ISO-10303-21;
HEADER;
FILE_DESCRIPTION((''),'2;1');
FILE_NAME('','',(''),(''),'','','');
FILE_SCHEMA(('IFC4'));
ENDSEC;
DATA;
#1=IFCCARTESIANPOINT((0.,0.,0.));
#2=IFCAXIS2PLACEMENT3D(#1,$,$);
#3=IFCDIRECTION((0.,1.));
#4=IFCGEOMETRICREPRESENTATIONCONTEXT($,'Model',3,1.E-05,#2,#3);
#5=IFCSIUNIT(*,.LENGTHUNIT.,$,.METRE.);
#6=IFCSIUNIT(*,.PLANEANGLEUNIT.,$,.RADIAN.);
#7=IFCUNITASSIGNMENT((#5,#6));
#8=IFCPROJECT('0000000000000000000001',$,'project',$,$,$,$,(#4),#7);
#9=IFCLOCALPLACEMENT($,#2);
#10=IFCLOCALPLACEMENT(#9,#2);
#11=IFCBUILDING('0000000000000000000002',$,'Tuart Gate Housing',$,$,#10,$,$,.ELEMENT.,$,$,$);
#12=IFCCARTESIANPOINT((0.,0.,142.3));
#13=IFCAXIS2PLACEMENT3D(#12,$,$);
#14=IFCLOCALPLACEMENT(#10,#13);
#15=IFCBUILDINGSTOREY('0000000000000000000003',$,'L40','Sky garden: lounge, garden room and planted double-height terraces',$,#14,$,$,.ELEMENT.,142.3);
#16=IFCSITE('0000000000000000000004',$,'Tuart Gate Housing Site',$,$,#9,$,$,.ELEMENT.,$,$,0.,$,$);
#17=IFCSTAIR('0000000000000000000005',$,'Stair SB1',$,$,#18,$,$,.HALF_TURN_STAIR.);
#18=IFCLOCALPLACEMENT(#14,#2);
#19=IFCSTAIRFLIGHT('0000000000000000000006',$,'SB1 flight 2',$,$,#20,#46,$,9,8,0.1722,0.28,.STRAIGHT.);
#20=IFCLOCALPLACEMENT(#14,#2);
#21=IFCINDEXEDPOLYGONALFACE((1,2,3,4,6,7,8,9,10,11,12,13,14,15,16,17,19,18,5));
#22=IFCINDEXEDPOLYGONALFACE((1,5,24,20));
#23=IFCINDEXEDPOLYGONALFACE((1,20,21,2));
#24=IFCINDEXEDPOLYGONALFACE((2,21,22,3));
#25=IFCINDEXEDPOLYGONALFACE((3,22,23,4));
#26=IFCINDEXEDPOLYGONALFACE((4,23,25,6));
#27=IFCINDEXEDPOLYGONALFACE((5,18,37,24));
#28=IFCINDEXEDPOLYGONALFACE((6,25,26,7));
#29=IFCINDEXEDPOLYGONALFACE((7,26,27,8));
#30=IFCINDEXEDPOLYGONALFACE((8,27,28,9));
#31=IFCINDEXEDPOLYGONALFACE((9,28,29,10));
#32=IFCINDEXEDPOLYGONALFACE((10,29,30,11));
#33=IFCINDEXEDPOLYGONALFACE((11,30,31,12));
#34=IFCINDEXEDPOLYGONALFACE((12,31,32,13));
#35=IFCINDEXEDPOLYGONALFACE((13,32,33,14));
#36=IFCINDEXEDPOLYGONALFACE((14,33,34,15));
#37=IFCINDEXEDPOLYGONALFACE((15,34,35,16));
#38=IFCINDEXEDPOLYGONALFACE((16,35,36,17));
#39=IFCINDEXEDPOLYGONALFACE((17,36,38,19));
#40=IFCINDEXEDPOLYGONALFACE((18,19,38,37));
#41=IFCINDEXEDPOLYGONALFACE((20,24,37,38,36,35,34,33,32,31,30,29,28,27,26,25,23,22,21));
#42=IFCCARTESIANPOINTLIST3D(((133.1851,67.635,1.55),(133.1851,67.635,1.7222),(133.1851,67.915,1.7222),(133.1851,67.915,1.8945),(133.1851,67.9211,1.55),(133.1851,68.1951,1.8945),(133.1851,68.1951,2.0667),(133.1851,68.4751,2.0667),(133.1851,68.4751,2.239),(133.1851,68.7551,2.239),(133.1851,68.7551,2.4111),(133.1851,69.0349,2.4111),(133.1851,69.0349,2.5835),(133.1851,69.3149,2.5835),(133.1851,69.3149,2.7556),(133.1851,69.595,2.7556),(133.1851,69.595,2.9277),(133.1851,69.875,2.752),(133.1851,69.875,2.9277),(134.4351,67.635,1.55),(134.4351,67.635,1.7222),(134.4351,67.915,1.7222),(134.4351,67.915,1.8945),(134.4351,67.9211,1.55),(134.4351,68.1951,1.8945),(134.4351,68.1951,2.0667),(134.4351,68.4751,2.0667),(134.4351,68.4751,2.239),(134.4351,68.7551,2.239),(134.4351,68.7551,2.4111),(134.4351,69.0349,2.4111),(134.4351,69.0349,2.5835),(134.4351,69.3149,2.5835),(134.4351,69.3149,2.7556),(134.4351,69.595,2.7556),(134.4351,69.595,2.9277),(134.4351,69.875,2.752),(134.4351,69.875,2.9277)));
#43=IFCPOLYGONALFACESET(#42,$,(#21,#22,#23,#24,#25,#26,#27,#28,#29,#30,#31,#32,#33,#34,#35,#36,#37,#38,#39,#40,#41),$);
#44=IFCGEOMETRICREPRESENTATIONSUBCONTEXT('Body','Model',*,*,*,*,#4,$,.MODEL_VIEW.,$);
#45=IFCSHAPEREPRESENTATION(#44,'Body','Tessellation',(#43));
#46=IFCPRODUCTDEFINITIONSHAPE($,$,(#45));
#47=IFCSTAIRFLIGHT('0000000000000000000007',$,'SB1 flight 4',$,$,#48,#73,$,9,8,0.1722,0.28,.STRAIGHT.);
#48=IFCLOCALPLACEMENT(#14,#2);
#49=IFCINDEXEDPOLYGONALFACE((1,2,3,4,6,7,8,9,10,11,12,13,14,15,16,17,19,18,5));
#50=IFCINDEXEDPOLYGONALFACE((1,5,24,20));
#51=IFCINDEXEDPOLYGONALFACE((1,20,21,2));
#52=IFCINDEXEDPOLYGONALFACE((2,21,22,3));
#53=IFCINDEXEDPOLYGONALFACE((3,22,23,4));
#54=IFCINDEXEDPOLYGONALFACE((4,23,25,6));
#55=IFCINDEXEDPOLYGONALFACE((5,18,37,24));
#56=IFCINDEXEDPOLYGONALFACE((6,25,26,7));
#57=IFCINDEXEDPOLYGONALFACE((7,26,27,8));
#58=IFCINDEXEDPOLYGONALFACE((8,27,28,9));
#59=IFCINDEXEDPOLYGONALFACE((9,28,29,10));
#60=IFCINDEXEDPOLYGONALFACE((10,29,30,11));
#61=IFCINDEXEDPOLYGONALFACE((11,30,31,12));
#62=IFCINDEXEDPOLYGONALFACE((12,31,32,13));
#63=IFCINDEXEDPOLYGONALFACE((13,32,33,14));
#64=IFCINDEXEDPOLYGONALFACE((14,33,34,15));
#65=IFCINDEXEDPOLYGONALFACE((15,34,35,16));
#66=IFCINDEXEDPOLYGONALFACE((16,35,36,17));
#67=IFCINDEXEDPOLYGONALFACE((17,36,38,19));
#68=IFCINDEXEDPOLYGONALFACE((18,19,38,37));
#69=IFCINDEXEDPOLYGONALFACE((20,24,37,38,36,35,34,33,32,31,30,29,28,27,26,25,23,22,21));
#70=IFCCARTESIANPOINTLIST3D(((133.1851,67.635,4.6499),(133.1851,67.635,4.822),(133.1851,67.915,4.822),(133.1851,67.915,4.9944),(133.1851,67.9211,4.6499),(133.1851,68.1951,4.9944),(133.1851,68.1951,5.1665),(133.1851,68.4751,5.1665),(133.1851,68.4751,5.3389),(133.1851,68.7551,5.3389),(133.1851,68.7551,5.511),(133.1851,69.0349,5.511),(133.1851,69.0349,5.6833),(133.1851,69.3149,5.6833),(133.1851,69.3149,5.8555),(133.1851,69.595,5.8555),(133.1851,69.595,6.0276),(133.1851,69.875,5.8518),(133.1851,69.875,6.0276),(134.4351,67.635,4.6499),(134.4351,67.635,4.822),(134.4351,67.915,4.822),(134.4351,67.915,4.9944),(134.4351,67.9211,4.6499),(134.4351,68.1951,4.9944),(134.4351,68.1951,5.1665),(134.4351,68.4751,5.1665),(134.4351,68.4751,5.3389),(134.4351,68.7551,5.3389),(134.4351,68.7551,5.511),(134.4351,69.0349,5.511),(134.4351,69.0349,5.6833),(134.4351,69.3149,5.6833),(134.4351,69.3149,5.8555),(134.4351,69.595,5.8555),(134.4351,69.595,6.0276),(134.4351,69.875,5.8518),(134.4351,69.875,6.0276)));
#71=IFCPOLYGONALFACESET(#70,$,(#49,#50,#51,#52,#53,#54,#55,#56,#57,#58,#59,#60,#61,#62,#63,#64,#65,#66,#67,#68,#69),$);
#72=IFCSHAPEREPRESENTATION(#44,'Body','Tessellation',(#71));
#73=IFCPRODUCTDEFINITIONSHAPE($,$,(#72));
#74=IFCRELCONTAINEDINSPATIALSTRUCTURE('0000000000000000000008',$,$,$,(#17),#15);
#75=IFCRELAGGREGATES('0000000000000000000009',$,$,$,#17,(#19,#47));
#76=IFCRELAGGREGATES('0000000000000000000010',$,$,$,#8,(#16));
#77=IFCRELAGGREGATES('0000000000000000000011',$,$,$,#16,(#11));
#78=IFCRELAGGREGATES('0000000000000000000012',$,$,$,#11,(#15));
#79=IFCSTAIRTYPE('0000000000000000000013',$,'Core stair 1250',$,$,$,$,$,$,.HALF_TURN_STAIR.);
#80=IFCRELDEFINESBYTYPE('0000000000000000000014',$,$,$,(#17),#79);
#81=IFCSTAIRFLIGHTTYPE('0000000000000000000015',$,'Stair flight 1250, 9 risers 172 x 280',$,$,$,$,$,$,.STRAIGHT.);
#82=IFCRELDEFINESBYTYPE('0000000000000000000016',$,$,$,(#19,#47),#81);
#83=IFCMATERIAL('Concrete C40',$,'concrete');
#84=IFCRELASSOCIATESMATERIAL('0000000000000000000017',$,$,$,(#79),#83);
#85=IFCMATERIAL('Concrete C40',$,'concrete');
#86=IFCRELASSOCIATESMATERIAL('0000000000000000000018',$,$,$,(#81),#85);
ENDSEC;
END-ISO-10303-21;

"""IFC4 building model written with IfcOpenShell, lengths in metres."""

from ifc_helpers import new_model, si_unit, direction, frame, origin, place, context, subcontext, project, spatial, polyline, outline, extrude, material, type_object, element, aggregate, save


model = new_model("IFC4")

# Units and contexts
model_context = context("Model", 3, precision=1e-05, world=origin(), true_north=direction((0.0, 1.0)))
body_context = subcontext(model_context, "Body", "Model", "MODEL_VIEW")
ifc_project = project(units=[si_unit("LENGTHUNIT", "METRE"), si_unit("PLANEANGLEUNIT", "RADIAN")], contexts=[model_context])

# Site, building, storey
site_placement = place(None, origin())
site = spatial("IfcSite", under=ifc_project, at=site_placement, Name="Tuart Gate Housing Site", CompositionType="ELEMENT", RefElevation=0.0)
building_placement = place(site_placement, origin())
building = spatial("IfcBuilding", under=site, at=building_placement, Name="Tuart Gate Housing", CompositionType="ELEMENT")
storey_placement = place(building_placement, frame((0.0, 0.0, 142.3)))
storey = spatial("IfcBuildingStorey", under=building, at=storey_placement, Name="L40", Description="Sky garden: lounge, garden room and planted double-height terraces", CompositionType="ELEMENT", Elevation=142.3)

# Stair, stair flights
ifc_material_1 = material(Name="Concrete C40", Category="concrete")
stair_type = type_object("IfcStairType", Name="Core stair 1250", PredefinedType="HALF_TURN_STAIR", material=ifc_material_1)
stair_placement = place(storey_placement, origin())
stair = element("IfcStair", 1, at=stair_placement, inside=storey, type_object=stair_type, Name="Stair SB1", PredefinedType="HALF_TURN_STAIR")
ifc_material_2 = material(Name="Concrete C40", Category="concrete")
stair_flight_type = type_object("IfcStairFlightType", Name="Stair flight 1250, 9 risers 172 x 280", PredefinedType="STRAIGHT", material=ifc_material_2)
stair_flight_1_placement = place(storey_placement, frame((133.8101, 67.635, 1.55), z_axis=(0.0, 0.0, 1.0), x_axis=(0.0, 1.0, 0.0)))
stair_flight_1 = element("IfcStairFlight", 2, at=stair_flight_1_placement, type_object=stair_flight_type, Name="SB1 flight 2", NumberOfRisers=9, NumberOfTreads=8, PredefinedType="STRAIGHT", RiserHeight=0.1722, TreadLength=0.28, context=body_context, shape_type="SweptSolid", body=[
    extrude(outline(polyline([(0.0, 0.0), (0.0, 0.1721), (0.28, 0.1721), (0.28, 0.3445), (0.5601, 0.3445), (0.5601, 0.5166), (0.8401, 0.5166), (0.8401, 0.689), (1.1201, 0.689), (1.1201, 0.8611), (1.3999, 0.8611), (1.3999, 1.0334), (1.6799, 1.0334), (1.6799, 1.2056), (1.96, 1.2056), (1.96, 1.3777), (2.24, 1.3777), (2.24, 1.55), (2.24, 1.2019), (0.2861, 0.0), (0.0, 0.0)])), frame((0.0, 0.625, 0.0), z_axis=(0.0, -1.0, 0.0), x_axis=(1.0, 0.0, 0.0)), (0.0, 0.0, 1.0), 1.25),
])
stair_flight_2_placement = place(storey_placement, frame((133.8101, 67.635, 4.6499), z_axis=(0.0, 0.0, 1.0), x_axis=(0.0, 1.0, 0.0)))
stair_flight_2 = element("IfcStairFlight", 3, at=stair_flight_2_placement, type_object=stair_flight_type, Name="SB1 flight 4", NumberOfRisers=9, NumberOfTreads=8, PredefinedType="STRAIGHT", RiserHeight=0.1722, TreadLength=0.28, context=body_context, shape_type="SweptSolid", body=[
    extrude(outline(polyline([(0.0, 0.0), (0.0, 0.1721), (0.28, 0.1721), (0.28, 0.3445), (0.5601, 0.3445), (0.5601, 0.5166), (0.8401, 0.5166), (0.8401, 0.689), (1.1201, 0.689), (1.1201, 0.8611), (1.3999, 0.8611), (1.3999, 1.0334), (1.6799, 1.0334), (1.6799, 1.2056), (1.96, 1.2056), (1.96, 1.3777), (2.24, 1.3777), (2.24, 1.55), (2.24, 1.2019), (0.2861, 0.0), (0.0, 0.0)])), frame((0.0, 0.625, 0.0), z_axis=(0.0, -1.0, 0.0), x_axis=(1.0, 0.0, 0.0)), (0.0, 0.0, 1.0), 1.25),
])
aggregate(stair, [stair_flight_1, stair_flight_2])

save(model, "model.ifc")
